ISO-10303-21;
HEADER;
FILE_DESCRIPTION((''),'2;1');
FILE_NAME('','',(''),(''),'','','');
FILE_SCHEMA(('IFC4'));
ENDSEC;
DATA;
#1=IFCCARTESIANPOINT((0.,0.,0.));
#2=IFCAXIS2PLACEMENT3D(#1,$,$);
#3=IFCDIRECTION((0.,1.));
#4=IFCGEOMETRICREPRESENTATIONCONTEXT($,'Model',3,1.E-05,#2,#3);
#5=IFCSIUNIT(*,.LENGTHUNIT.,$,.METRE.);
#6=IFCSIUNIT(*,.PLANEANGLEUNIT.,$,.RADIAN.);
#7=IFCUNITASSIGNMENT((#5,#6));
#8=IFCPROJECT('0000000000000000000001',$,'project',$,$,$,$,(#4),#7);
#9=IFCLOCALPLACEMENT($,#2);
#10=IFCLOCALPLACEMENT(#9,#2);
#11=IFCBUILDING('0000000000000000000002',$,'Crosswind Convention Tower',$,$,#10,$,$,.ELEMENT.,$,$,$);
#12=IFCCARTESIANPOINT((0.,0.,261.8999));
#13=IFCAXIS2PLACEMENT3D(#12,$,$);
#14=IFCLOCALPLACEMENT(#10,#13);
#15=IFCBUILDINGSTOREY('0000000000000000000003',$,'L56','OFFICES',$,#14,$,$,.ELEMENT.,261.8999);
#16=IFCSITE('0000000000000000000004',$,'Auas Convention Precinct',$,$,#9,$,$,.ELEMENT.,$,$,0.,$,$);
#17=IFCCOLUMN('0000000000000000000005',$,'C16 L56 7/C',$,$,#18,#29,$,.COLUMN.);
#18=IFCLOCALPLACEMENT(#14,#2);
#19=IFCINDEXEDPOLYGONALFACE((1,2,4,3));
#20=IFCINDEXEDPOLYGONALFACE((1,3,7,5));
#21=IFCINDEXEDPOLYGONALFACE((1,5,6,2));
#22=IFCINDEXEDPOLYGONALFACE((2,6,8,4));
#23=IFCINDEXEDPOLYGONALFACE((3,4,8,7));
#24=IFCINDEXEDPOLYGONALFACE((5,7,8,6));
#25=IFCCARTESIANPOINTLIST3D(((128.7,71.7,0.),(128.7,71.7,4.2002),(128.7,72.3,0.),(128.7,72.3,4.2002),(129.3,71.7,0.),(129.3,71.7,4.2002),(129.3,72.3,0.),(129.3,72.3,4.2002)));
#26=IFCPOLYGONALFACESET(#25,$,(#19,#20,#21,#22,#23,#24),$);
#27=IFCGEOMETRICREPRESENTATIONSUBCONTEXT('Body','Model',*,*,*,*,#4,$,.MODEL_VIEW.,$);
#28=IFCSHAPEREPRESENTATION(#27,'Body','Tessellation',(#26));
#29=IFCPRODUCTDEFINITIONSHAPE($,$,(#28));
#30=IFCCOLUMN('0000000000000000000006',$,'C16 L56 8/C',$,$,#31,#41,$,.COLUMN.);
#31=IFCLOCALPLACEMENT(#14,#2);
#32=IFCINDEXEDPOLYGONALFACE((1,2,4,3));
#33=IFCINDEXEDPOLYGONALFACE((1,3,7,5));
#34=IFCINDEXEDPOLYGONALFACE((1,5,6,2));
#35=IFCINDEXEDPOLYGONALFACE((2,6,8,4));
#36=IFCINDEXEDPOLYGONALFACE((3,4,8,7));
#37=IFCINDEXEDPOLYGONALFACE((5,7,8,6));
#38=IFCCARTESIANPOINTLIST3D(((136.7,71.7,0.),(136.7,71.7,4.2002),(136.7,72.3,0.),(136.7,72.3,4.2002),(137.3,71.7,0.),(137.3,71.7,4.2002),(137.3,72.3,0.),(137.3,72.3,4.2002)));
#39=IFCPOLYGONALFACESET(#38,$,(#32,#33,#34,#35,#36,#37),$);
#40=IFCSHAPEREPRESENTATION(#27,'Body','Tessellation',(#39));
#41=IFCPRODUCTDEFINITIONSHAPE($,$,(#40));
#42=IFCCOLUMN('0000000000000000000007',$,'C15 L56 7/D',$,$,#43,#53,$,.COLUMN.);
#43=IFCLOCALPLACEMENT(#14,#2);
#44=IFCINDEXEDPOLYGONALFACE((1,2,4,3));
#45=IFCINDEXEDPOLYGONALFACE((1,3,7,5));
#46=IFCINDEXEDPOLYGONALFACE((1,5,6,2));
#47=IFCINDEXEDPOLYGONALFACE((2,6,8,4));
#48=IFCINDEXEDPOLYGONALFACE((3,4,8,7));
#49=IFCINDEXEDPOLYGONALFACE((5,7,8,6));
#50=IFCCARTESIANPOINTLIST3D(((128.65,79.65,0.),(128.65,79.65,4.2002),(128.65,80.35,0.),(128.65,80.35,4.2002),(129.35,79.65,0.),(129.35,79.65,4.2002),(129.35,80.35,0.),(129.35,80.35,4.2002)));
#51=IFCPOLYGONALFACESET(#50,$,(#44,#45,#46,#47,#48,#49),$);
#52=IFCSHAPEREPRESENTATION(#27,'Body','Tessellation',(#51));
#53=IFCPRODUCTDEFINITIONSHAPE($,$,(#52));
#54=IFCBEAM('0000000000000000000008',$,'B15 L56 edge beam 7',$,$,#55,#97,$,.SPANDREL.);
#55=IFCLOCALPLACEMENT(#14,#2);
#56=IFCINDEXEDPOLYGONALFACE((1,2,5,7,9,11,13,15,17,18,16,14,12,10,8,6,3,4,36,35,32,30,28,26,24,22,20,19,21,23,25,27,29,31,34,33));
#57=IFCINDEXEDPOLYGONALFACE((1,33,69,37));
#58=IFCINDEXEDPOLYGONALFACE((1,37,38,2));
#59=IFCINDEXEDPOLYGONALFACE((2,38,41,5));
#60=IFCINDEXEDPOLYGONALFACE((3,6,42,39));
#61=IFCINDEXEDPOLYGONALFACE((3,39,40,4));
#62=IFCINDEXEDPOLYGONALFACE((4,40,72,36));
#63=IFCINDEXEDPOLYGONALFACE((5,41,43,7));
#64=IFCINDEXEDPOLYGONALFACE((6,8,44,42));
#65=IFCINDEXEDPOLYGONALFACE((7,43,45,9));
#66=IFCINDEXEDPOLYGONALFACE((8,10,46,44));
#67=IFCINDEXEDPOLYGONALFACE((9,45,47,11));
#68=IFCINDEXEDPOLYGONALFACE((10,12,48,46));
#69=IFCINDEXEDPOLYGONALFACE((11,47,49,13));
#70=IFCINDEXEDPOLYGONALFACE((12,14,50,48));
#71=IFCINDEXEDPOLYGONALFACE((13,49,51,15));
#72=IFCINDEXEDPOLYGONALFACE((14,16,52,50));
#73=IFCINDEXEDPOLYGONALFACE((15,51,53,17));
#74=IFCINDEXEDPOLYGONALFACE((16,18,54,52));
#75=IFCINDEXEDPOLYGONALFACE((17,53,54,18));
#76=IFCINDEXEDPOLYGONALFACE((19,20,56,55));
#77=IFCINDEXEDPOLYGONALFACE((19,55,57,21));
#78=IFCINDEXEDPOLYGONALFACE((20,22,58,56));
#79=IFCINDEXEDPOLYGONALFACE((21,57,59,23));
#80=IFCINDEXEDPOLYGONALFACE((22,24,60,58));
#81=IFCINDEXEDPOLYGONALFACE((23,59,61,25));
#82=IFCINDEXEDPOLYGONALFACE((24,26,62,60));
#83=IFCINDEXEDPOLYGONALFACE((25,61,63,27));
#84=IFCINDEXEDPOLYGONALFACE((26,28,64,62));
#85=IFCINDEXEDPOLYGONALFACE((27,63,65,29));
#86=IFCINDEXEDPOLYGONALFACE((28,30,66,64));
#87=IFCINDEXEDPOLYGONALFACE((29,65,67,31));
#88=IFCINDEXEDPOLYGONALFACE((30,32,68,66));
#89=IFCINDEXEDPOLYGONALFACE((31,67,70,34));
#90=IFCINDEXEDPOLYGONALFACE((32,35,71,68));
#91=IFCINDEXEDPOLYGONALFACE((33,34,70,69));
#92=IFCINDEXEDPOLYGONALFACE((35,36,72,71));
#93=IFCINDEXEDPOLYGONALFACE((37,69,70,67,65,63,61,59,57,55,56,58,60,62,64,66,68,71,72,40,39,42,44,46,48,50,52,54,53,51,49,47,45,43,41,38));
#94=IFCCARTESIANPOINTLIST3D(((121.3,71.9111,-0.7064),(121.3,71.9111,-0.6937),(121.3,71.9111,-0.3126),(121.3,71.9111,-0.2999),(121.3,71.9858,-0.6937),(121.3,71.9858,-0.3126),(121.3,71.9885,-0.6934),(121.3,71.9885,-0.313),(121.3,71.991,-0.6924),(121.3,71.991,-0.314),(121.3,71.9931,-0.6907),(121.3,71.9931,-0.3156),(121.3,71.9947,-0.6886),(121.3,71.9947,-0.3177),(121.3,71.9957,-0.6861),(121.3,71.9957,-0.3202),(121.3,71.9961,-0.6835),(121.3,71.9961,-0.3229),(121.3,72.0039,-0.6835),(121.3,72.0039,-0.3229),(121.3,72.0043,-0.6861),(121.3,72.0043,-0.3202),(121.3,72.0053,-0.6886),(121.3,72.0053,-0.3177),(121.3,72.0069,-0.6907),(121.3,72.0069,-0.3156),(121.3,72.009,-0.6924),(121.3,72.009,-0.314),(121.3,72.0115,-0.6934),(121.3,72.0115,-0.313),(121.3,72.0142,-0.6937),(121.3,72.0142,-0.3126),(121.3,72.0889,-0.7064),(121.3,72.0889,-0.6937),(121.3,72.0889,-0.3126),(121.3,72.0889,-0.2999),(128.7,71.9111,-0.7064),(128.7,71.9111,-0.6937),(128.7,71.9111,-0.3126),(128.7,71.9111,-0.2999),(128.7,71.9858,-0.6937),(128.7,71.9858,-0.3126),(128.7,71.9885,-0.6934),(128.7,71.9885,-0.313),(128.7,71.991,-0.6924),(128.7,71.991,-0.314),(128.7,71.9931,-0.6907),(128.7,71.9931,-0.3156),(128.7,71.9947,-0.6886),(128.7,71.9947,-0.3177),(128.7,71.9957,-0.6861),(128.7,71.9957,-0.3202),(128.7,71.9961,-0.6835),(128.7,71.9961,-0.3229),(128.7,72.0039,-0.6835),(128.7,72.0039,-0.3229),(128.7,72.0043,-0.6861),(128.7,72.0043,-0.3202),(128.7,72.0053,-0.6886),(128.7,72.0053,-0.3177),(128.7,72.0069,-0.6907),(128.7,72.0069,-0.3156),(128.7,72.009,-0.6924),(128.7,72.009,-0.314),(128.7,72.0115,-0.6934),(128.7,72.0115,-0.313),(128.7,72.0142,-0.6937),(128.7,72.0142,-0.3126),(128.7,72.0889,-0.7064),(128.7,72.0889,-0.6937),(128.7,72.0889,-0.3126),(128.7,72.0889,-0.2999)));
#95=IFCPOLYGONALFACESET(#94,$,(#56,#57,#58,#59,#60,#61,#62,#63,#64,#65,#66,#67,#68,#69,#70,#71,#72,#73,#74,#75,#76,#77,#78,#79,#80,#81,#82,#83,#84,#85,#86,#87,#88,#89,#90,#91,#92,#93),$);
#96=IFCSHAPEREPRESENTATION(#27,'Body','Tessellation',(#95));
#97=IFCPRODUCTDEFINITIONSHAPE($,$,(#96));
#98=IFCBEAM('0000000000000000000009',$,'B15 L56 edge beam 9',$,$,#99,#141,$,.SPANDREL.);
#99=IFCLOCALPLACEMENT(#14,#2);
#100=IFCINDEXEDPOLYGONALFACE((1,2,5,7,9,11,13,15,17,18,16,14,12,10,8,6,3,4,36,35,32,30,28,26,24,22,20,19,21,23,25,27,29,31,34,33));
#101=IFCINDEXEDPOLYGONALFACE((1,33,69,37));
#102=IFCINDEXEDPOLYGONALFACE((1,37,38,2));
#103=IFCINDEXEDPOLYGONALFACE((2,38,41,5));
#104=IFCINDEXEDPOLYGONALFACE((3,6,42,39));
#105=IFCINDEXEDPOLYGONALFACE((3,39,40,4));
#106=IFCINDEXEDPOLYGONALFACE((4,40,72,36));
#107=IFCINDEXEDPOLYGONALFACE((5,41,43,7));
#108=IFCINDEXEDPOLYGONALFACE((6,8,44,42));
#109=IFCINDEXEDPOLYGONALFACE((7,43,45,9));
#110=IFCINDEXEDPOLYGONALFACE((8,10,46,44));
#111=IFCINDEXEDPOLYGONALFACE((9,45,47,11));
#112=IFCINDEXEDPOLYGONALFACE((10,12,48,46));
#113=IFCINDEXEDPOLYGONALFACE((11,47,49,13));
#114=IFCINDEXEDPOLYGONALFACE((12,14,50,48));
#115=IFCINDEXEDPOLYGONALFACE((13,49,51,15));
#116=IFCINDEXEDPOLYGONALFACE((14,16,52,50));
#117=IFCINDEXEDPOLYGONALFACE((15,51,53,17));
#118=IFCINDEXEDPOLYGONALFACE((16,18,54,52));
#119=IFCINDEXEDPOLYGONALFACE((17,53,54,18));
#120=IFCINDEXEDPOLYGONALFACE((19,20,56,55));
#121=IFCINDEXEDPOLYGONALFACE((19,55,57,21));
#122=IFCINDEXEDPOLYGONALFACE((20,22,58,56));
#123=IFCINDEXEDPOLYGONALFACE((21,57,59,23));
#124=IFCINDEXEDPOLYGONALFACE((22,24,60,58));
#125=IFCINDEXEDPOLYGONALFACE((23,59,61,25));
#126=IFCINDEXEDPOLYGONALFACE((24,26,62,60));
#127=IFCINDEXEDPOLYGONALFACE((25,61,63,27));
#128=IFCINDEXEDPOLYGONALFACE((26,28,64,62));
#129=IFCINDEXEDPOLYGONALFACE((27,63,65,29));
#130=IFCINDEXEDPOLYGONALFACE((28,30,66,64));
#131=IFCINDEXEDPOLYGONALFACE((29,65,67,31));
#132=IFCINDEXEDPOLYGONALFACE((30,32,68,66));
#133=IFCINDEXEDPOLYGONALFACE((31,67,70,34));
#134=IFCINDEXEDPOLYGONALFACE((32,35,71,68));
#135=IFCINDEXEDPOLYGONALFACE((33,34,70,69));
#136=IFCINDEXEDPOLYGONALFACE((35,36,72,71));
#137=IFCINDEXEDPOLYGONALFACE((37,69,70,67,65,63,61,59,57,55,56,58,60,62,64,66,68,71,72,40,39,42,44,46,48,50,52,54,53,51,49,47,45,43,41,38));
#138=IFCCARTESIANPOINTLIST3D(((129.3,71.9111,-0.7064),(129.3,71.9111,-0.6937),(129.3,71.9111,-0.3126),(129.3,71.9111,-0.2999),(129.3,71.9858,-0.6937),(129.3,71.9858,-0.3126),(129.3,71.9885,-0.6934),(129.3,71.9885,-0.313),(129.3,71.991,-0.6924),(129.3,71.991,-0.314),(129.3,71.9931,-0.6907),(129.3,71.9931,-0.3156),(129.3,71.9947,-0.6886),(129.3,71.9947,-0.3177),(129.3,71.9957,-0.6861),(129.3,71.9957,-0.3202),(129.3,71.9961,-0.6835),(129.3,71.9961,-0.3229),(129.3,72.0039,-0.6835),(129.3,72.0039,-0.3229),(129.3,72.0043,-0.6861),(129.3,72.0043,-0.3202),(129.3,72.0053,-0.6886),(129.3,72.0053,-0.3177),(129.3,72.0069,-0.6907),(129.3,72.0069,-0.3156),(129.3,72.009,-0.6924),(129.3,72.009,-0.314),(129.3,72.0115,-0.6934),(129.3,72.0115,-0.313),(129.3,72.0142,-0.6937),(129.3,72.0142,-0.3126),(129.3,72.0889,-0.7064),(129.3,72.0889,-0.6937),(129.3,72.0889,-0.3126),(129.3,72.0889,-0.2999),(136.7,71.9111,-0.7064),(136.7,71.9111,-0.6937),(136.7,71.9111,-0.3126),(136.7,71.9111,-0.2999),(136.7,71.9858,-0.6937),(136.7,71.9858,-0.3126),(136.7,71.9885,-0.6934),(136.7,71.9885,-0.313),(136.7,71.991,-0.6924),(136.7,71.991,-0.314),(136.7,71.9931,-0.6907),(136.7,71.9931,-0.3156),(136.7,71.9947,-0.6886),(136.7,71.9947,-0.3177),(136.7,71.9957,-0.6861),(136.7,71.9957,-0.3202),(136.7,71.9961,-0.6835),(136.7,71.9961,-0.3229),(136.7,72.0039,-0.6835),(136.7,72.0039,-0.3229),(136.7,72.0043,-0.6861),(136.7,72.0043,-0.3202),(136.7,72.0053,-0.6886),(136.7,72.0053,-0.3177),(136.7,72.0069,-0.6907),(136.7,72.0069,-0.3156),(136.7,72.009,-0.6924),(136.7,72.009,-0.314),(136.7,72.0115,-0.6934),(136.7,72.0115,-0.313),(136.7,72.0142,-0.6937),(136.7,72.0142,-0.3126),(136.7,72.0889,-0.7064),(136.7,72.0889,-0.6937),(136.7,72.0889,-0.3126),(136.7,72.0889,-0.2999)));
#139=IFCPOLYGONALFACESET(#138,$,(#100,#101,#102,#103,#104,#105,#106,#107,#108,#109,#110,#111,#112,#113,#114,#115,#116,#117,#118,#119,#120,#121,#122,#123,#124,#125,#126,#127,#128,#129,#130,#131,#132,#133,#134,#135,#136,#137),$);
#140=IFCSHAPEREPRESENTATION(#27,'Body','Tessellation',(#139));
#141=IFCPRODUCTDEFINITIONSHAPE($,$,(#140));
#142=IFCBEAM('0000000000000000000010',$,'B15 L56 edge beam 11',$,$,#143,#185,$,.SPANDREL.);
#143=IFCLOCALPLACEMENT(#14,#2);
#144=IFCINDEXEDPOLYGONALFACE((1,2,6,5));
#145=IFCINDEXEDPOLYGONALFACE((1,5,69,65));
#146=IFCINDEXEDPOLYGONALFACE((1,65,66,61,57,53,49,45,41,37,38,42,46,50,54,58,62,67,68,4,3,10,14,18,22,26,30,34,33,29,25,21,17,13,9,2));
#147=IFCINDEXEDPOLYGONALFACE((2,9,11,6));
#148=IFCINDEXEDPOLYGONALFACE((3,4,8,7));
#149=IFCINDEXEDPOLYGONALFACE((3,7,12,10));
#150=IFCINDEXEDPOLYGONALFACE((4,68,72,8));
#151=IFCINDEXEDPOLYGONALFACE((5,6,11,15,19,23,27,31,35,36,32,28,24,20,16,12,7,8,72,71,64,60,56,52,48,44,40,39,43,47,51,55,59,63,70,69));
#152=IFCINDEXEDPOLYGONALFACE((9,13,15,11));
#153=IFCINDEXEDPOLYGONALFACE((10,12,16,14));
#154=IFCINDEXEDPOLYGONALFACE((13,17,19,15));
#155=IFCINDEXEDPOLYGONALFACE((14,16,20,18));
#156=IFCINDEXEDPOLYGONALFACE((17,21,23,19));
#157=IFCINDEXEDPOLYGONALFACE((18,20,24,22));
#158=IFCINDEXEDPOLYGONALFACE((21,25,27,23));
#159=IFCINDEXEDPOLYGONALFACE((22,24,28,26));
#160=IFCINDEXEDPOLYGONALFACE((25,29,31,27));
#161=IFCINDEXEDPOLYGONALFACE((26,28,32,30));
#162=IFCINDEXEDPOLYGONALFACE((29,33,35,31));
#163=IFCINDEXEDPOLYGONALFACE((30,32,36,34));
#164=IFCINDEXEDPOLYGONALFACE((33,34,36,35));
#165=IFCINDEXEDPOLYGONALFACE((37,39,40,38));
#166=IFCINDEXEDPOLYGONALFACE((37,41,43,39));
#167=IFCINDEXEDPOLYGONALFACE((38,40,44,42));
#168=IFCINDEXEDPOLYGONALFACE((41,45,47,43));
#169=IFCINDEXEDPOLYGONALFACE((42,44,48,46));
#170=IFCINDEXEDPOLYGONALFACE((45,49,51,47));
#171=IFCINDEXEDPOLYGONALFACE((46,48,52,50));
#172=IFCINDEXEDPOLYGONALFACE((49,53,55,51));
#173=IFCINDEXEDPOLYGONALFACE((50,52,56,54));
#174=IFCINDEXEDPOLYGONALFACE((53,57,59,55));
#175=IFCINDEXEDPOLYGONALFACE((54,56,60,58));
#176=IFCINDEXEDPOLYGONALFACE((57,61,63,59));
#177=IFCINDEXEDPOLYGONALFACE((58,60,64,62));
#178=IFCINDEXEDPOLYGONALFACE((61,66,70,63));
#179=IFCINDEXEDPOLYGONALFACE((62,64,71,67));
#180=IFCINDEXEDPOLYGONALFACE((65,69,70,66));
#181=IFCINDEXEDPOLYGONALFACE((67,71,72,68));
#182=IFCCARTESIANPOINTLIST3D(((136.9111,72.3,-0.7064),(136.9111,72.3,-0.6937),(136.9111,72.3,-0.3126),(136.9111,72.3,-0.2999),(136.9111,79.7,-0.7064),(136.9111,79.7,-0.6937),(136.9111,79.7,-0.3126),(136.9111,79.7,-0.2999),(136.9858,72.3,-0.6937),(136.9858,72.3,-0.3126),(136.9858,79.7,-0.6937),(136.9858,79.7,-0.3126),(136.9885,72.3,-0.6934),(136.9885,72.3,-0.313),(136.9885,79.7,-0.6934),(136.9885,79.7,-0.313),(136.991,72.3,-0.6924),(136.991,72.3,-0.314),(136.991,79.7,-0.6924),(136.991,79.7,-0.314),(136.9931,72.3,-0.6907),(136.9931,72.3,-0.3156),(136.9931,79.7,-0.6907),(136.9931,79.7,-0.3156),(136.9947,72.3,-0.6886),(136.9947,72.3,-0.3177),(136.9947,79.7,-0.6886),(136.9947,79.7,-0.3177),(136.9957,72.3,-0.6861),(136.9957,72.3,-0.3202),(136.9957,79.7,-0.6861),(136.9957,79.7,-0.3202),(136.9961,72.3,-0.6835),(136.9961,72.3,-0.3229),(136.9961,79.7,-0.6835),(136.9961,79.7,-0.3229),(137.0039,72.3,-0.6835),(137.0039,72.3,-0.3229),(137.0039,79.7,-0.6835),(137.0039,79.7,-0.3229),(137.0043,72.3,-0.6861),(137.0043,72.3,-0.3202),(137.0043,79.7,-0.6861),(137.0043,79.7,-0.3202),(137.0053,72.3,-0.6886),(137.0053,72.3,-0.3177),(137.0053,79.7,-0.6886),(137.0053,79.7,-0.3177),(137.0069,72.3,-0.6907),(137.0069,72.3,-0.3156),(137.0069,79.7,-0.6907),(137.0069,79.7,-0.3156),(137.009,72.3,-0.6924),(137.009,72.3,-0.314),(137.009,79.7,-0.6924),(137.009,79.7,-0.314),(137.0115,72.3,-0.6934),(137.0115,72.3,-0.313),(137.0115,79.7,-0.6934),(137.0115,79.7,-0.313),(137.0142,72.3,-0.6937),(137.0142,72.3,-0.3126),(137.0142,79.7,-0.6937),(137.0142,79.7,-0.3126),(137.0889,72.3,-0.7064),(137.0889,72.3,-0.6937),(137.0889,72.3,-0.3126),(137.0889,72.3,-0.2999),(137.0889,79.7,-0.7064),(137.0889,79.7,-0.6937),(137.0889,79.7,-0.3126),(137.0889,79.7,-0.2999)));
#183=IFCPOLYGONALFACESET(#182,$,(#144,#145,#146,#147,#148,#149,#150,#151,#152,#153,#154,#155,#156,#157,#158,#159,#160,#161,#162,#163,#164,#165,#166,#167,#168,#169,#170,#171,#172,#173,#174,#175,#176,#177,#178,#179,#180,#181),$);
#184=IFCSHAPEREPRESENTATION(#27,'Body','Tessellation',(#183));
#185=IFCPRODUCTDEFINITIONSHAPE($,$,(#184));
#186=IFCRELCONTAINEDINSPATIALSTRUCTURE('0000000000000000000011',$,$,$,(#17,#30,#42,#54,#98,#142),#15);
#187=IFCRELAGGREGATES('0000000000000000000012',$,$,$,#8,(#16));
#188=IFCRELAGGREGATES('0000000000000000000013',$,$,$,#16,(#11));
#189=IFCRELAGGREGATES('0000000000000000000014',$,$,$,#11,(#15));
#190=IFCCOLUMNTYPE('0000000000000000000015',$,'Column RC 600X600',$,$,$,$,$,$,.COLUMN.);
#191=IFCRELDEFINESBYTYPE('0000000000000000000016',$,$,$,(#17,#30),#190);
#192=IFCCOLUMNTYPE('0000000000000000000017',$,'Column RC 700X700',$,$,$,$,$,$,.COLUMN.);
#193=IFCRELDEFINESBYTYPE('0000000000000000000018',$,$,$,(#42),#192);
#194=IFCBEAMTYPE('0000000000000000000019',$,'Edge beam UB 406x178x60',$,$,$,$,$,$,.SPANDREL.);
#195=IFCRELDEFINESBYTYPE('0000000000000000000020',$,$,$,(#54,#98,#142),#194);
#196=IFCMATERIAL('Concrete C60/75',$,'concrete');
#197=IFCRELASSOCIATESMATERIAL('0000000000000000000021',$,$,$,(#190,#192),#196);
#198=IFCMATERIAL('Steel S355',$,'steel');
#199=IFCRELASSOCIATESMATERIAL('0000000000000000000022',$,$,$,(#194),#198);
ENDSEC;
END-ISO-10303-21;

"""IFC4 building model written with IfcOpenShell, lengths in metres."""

from ifc_helpers import new_model, si_unit, direction, frame, origin, origin_2d, place, context, subcontext, project, spatial, rectangle, i_section, extrude, material, material_profile, profile_set, type_object, element, save


model = new_model("IFC4")

# Units and contexts
model_context = context("Model", 3, precision=1e-05, world=origin(), true_north=direction((0.0, 1.0)))
body_context = subcontext(model_context, "Body", "Model", "MODEL_VIEW")
ifc_project = project(units=[si_unit("LENGTHUNIT", "METRE"), si_unit("PLANEANGLEUNIT", "RADIAN")], contexts=[model_context])

# Site, building, storey
site_placement = place(None, origin())
site = spatial("IfcSite", under=ifc_project, at=site_placement, Name="Auas Convention Precinct", CompositionType="ELEMENT", RefElevation=0.0)
building_placement = place(site_placement, origin())
building = spatial("IfcBuilding", under=site, at=building_placement, Name="Crosswind Convention Tower", CompositionType="ELEMENT")
storey_placement = place(building_placement, frame((0.0, 0.0, 261.8999)))
storey = spatial("IfcBuildingStorey", under=building, at=storey_placement, Name="L56", Description="OFFICES", CompositionType="ELEMENT", Elevation=261.8999)

# Columns
ifc_material_1 = material(Name="Concrete C60/75", Category="concrete")
ifc_material_profile_1 = material_profile(ifc_material_1, rectangle(XDim=0.6001, YDim=0.6001, at=origin_2d()), Name="RC 600X600")
ifc_profile_set_1 = profile_set([ifc_material_profile_1], Name="Concrete C60/75")
column_type_1 = type_object("IfcColumnType", Name="Column RC 600X600", PredefinedType="COLUMN", material=ifc_profile_set_1)
for number, where, z_axis, x_axis, name in (
    (1, (129.0, 72.0, 0.0), (0.0, 0.0, 1.0), (1.0, 0.0, 0.0), "C16 L56 7/C"),
    (2, (137.0, 72.0, 0.0), (0.0, 0.0, 1.0), (1.0, 0.0, 0.0), "C16 L56 8/C"),
):
    element("IfcColumn", number, at=place(storey_placement, frame(where, z_axis=z_axis, x_axis=x_axis)), inside=storey, type_object=column_type_1, Name=name, PredefinedType="COLUMN", context=body_context, shape_type="SweptSolid", body=[
        extrude(rectangle(XDim=0.6001, YDim=0.6001, at=origin_2d()), origin(), (0.0, 0.0, 1.0), 4.2002),
    ])
ifc_material_profile_2 = material_profile(ifc_material_1, rectangle(XDim=0.7, YDim=0.7, at=origin_2d()), Name="RC 700X700")
ifc_profile_set_2 = profile_set([ifc_material_profile_2], Name="Concrete C60/75")
column_type_2 = type_object("IfcColumnType", Name="Column RC 700X700", PredefinedType="COLUMN", material=ifc_profile_set_2)
column_placement = place(storey_placement, frame((129.0, 80.0, 0.0), z_axis=(0.0, 0.0, 1.0), x_axis=(1.0, 0.0, 0.0)))
element("IfcColumn", 3, at=column_placement, inside=storey, type_object=column_type_2, Name="C15 L56 7/D", PredefinedType="COLUMN", context=body_context, shape_type="SweptSolid", body=[
    extrude(rectangle(XDim=0.7, YDim=0.7, at=origin_2d()), origin(), (0.0, 0.0, 1.0), 4.2002),
])

# Beams
ifc_material_2 = material(Name="Steel S355", Category="steel")
ifc_material_profile_3 = material_profile(ifc_material_2, i_section(OverallWidth=0.1777, OverallDepth=0.4065, WebThickness=0.0078, FlangeThickness=0.0127, FilletRadius=0.0103, at=origin_2d()), Name="UB 406x178x60")
ifc_profile_set_3 = profile_set([ifc_material_profile_3], Name="Steel S355")
beam_type_1 = type_object("IfcBeamType", Name="Edge beam UB 406x178x60", PredefinedType="SPANDREL", material=ifc_profile_set_3)
for number, where, z_axis, x_axis, name in (
    (4, (121.3, 72.0, -0.5032), (1.0, 0.0, 0.0), (0.0, 1.0, 0.0), "B15 L56 edge beam 7"),
    (5, (129.3, 72.0, -0.5032), (1.0, 0.0, 0.0), (0.0, 1.0, 0.0), "B15 L56 edge beam 9"),
    (6, (137.0, 72.3, -0.5032), (0.0, 1.0, 0.0), (-1.0, 0.0, 0.0), "B15 L56 edge beam 11"),
):
    element("IfcBeam", number, at=place(storey_placement, frame(where, z_axis=z_axis, x_axis=x_axis)), inside=storey, type_object=beam_type_1, Name=name, PredefinedType="SPANDREL", context=body_context, shape_type="SweptSolid", body=[
        extrude(i_section(OverallWidth=0.1777, OverallDepth=0.4065, WebThickness=0.0078, FlangeThickness=0.0127, FilletRadius=0.0103, at=origin_2d()), origin(), (0.0, 0.0, 1.0), 7.3999),
    ])

save(model, "model.ifc")
